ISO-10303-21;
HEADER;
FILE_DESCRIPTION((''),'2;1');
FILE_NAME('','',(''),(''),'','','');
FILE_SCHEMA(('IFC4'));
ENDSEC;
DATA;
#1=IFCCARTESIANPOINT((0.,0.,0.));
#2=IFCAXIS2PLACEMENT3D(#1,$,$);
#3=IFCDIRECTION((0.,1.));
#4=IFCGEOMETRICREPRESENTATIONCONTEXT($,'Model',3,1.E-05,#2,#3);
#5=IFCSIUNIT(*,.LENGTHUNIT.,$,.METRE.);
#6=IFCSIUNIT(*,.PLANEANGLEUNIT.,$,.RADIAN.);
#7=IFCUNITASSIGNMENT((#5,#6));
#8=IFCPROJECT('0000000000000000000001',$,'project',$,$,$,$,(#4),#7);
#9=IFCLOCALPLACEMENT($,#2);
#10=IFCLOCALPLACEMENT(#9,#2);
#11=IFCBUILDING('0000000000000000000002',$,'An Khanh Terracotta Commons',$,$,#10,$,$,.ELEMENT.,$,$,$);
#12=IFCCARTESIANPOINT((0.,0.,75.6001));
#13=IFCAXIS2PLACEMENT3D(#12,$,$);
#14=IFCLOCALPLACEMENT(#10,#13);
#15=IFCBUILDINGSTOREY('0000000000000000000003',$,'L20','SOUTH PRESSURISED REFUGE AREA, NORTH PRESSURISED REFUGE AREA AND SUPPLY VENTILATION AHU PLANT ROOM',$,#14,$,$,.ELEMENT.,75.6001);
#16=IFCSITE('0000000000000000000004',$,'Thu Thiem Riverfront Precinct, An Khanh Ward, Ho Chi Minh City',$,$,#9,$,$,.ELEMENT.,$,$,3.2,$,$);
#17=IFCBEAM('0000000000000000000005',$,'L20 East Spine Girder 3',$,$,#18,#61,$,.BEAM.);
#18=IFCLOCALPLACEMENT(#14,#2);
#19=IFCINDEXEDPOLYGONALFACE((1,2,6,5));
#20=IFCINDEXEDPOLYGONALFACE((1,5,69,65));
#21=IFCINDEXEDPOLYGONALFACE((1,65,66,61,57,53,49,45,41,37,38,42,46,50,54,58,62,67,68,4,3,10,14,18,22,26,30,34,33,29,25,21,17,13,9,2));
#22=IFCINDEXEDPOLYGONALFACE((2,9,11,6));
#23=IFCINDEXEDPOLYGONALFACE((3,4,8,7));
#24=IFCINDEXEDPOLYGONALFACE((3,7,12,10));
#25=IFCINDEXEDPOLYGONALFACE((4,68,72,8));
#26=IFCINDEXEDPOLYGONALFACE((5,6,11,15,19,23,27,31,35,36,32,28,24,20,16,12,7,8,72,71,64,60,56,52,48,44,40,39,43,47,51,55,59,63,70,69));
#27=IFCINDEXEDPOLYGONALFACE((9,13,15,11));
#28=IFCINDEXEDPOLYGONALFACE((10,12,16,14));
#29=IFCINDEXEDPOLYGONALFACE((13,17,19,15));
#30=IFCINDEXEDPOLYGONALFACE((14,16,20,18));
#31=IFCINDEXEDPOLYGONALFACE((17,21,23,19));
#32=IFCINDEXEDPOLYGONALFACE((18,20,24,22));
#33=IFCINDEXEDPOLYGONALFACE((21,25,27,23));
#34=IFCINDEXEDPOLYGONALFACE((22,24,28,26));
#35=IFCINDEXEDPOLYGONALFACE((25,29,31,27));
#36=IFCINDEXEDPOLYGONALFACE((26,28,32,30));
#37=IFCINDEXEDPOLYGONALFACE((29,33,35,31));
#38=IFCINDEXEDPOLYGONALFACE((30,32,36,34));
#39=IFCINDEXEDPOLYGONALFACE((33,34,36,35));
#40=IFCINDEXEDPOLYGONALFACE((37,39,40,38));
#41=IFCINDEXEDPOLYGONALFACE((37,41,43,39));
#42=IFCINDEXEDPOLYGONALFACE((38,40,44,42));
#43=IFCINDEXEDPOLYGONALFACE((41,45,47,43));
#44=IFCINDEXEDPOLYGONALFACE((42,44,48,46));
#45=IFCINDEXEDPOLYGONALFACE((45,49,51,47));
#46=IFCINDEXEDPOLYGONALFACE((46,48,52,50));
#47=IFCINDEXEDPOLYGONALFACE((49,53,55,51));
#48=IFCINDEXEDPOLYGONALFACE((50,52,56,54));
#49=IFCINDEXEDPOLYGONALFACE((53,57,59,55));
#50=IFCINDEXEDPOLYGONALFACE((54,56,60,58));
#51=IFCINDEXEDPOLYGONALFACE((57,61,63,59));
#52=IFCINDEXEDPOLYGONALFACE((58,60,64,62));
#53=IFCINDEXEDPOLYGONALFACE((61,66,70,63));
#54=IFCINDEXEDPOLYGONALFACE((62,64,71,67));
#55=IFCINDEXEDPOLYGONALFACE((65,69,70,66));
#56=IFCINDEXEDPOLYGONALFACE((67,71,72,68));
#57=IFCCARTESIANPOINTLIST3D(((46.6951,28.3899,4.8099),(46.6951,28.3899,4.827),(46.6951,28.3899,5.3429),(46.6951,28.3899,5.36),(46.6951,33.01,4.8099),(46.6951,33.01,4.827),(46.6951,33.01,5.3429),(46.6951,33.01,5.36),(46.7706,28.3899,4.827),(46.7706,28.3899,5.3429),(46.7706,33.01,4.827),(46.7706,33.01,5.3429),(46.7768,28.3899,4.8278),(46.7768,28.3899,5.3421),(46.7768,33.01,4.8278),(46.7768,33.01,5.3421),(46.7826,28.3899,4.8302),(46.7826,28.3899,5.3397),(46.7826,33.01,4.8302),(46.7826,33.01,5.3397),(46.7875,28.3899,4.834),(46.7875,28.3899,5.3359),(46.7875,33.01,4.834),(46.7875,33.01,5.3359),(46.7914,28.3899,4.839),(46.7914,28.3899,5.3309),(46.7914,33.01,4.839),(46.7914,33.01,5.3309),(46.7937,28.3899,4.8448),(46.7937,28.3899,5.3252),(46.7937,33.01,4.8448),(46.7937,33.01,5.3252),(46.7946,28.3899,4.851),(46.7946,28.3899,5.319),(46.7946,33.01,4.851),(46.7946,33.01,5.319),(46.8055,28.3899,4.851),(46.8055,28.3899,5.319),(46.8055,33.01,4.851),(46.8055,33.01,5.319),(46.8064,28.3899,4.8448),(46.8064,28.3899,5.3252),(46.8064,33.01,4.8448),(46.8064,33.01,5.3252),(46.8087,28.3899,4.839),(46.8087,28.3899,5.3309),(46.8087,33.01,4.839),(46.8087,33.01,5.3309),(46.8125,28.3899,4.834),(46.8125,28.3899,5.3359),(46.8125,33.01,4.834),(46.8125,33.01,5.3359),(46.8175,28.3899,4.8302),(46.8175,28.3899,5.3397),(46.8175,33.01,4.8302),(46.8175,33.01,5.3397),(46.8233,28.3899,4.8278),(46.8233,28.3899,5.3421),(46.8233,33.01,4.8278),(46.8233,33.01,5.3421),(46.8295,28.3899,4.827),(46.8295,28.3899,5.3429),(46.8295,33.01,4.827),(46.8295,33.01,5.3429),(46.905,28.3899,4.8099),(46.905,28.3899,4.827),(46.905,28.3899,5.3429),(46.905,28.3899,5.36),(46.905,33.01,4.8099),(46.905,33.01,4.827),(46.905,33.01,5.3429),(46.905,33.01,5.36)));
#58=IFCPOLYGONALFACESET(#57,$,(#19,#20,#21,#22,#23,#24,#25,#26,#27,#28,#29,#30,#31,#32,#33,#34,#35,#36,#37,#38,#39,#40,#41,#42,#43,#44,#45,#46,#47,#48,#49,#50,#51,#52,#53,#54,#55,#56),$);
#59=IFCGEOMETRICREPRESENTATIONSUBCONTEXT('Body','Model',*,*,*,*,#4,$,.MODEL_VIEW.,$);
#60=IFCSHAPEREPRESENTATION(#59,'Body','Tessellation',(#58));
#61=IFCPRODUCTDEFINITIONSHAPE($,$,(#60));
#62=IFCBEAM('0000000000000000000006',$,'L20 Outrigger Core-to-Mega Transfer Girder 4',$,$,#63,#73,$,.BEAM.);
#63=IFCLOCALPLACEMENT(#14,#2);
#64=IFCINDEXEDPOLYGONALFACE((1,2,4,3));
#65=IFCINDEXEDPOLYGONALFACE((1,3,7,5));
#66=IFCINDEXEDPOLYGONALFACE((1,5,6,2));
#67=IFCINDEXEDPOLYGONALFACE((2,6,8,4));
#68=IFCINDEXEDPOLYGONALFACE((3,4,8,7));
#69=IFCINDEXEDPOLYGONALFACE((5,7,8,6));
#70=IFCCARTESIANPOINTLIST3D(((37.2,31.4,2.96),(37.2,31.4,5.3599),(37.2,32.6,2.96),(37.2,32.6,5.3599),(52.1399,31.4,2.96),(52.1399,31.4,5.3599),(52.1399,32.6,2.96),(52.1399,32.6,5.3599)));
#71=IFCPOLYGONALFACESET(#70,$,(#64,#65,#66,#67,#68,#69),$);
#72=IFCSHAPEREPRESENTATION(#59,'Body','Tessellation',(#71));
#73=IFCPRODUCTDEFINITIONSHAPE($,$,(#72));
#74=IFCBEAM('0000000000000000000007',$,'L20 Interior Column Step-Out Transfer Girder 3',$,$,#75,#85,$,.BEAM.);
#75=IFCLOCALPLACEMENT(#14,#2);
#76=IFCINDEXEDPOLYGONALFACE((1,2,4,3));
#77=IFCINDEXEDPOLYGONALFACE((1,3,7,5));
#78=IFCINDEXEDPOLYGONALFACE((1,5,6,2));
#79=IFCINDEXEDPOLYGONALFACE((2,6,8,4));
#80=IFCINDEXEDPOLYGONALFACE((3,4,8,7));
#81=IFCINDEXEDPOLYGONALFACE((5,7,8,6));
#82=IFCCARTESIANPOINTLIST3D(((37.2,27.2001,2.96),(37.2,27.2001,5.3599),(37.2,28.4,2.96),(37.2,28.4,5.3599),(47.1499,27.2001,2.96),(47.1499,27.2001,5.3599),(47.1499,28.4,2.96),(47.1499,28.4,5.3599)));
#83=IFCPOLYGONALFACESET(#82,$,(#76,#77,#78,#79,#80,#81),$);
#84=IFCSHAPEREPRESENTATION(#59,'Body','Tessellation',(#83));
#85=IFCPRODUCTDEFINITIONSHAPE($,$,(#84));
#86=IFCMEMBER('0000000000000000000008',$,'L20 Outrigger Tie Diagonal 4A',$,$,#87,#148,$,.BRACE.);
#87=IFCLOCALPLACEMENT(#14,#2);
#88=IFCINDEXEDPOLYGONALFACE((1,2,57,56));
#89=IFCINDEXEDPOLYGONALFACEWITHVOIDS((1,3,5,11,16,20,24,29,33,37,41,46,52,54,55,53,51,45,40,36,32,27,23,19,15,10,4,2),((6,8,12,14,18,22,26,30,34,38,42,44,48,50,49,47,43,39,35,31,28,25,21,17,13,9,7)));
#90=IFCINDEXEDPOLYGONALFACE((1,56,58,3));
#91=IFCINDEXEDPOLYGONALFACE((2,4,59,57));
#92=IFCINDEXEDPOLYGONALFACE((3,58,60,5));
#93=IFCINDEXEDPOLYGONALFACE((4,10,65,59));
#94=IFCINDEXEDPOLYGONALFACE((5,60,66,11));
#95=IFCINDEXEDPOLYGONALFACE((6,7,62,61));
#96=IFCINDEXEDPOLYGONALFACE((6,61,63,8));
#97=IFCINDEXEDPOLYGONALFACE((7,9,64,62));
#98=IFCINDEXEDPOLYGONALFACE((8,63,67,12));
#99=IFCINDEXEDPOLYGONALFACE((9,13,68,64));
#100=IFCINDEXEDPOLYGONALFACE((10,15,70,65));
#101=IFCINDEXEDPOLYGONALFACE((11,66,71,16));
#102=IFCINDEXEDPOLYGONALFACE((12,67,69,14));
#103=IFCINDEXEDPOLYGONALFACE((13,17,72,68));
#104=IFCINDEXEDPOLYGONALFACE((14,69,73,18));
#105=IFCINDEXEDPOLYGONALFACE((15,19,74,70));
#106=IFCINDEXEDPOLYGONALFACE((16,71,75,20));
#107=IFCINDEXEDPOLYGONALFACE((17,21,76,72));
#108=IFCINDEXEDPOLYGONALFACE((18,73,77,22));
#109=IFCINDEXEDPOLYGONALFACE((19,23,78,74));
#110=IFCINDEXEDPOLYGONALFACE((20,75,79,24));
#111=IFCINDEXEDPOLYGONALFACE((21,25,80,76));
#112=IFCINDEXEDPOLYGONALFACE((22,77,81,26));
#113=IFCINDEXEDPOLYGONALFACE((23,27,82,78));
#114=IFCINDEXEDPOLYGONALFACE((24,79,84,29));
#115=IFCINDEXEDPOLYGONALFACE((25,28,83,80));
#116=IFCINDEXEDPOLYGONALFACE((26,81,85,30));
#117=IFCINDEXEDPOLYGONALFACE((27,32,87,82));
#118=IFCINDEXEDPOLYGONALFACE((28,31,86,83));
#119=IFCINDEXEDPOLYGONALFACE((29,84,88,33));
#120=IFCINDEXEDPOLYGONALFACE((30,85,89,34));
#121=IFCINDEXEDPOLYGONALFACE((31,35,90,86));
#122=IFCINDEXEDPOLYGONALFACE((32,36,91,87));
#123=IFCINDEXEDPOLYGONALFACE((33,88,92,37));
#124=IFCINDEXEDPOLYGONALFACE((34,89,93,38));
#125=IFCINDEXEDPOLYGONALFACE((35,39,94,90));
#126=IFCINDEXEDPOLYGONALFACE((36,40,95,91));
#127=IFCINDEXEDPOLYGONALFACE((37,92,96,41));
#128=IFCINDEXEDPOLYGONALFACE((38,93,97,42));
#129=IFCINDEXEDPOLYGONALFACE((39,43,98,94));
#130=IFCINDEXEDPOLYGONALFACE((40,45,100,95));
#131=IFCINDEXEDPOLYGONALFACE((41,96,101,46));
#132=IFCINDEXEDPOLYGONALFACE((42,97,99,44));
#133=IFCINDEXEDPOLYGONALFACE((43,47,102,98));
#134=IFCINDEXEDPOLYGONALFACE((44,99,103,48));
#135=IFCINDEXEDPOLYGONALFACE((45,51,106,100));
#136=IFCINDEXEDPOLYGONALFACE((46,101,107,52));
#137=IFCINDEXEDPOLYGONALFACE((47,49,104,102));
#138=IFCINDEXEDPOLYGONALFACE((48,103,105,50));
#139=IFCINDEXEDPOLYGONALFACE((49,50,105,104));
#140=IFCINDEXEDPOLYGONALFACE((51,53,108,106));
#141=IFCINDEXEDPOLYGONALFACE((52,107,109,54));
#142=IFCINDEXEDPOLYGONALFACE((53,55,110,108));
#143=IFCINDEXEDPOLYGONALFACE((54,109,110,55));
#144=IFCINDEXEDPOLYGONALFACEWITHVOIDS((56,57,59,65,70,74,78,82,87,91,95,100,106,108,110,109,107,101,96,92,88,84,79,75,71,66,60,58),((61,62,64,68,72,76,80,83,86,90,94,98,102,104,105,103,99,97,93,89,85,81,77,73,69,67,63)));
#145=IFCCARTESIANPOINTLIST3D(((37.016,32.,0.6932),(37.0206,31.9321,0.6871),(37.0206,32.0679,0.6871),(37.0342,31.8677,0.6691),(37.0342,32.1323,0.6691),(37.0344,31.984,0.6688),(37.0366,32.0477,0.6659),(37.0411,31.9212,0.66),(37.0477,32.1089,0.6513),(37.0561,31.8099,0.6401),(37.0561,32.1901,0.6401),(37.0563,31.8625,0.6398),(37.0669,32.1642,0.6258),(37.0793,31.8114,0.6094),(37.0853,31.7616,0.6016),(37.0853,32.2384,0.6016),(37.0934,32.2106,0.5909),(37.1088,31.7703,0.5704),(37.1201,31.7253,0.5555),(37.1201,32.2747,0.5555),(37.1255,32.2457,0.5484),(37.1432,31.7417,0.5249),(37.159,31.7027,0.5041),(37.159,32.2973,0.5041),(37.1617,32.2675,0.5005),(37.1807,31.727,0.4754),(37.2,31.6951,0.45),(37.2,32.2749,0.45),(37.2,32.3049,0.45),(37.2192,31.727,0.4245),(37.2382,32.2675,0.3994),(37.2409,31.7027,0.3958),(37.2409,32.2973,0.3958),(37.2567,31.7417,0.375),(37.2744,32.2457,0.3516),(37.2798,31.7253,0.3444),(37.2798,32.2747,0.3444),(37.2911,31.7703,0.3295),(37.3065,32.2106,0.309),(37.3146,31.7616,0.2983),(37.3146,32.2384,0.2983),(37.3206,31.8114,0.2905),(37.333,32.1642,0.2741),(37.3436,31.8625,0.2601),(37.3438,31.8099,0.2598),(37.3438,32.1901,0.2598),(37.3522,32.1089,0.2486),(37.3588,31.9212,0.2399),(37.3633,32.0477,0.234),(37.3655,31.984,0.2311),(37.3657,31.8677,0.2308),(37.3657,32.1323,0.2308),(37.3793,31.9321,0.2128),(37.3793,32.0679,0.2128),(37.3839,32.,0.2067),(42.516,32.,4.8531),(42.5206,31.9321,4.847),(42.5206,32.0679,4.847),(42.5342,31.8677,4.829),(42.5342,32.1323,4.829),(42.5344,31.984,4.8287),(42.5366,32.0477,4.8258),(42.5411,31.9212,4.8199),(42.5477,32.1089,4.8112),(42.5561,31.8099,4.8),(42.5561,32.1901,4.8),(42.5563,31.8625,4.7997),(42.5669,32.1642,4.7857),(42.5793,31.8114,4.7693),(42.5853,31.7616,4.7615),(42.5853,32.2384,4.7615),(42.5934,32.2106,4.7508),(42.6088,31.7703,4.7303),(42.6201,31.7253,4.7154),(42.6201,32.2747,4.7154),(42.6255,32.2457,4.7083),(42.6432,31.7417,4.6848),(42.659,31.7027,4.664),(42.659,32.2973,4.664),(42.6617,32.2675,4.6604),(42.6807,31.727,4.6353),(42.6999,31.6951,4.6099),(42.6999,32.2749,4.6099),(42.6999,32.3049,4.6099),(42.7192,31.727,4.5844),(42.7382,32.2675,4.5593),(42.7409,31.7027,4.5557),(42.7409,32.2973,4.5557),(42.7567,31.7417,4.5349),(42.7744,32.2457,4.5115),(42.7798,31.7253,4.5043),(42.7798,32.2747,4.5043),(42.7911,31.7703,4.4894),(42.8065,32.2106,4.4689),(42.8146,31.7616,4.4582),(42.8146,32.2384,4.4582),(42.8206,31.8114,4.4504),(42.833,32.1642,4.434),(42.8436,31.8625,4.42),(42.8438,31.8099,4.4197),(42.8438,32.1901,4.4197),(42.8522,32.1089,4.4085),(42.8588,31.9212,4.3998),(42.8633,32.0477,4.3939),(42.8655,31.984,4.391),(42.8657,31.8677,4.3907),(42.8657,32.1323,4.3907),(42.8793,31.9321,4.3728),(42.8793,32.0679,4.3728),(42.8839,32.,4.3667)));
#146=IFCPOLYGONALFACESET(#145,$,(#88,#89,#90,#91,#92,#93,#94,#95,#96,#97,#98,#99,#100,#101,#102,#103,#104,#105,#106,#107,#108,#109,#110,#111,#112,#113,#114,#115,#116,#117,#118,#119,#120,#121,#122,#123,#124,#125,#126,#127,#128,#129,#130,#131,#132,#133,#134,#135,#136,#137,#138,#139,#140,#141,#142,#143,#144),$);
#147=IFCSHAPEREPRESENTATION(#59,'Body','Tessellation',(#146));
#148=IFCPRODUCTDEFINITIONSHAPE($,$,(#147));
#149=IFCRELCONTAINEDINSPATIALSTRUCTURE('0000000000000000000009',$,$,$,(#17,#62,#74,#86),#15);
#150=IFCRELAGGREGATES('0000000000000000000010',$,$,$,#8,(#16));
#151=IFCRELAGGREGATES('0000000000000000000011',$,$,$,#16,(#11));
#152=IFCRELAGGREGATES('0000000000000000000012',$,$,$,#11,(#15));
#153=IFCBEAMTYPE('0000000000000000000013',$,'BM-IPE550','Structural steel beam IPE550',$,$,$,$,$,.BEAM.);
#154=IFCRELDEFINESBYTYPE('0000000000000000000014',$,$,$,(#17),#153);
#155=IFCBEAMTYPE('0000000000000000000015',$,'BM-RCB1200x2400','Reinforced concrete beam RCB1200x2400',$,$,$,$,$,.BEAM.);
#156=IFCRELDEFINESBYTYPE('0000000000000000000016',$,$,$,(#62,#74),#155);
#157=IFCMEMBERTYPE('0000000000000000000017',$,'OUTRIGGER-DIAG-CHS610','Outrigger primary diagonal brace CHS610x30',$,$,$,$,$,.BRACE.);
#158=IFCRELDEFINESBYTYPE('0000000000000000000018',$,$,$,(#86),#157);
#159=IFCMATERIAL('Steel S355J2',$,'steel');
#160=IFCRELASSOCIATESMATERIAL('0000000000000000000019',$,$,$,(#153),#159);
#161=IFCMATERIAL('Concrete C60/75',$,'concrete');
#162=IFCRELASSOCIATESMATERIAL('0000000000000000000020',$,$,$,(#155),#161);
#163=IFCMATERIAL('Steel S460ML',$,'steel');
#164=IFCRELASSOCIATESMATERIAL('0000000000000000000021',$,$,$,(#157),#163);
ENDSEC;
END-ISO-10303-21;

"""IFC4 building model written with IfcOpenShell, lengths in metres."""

from ifc_helpers import new_model, si_unit, direction, frame, origin, origin_2d, place, context, subcontext, project, spatial, rectangle, hollow_circle, i_section, extrude, material, material_profile, profile_set, type_object, element, save


model = new_model("IFC4")

# Units and contexts
model_context = context("Model", 3, precision=1e-05, world=origin(), true_north=direction((0.0, 1.0)))
body_context = subcontext(model_context, "Body", "Model", "MODEL_VIEW")
ifc_project = project(units=[si_unit("LENGTHUNIT", "METRE"), si_unit("PLANEANGLEUNIT", "RADIAN")], contexts=[model_context])

# Site, building, storey
site_placement = place(None, origin())
site = spatial("IfcSite", under=ifc_project, at=site_placement, Name="Thu Thiem Riverfront Precinct, An Khanh Ward, Ho Chi Minh City", CompositionType="ELEMENT", RefElevation=3.2)
building_placement = place(site_placement, origin())
building = spatial("IfcBuilding", under=site, at=building_placement, Name="An Khanh Terracotta Commons", CompositionType="ELEMENT")
storey_placement = place(building_placement, frame((0.0, 0.0, 75.6001)))
storey = spatial("IfcBuildingStorey", under=building, at=storey_placement, Name="L20", Description="SOUTH PRESSURISED REFUGE AREA, NORTH PRESSURISED REFUGE AREA AND SUPPLY VENTILATION AHU PLANT ROOM", CompositionType="ELEMENT", Elevation=75.6001)

# Shared definitions
ifc_material_1 = material(Name="Steel S460ML", Category="steel")

# Beams
ifc_material_2 = material(Name="Steel S355J2", Category="steel")
ifc_material_profile_1 = material_profile(ifc_material_2, i_section(OverallWidth=0.21, OverallDepth=0.55, WebThickness=0.011, FlangeThickness=0.0171, FilletRadius=0.0239, at=origin_2d()), Name="IPE550")
ifc_profile_set_1 = profile_set([ifc_material_profile_1], Name="Steel S355J2")
beam_type_1 = type_object("IfcBeamType", Name="BM-IPE550", Description="Structural steel beam IPE550", PredefinedType="BEAM", material=ifc_profile_set_1)
beam_1_placement = place(storey_placement, frame((46.8, 28.3899, 5.085), z_axis=(0.0, 1.0, 0.0), x_axis=(-1.0, 0.0, 0.0)))
element("IfcBeam", 1, at=beam_1_placement, inside=storey, type_object=beam_type_1, Name="L20 East Spine Girder 3", PredefinedType="BEAM", context=body_context, shape_type="SweptSolid", body=[
    extrude(i_section(OverallWidth=0.21, OverallDepth=0.55, WebThickness=0.011, FlangeThickness=0.0171, FilletRadius=0.0239, at=origin_2d()), origin(), (0.0, 0.0, 1.0), 4.6201),
])
ifc_material_3 = material(Name="Concrete C60/75", Category="concrete")
ifc_material_profile_2 = material_profile(ifc_material_3, rectangle(XDim=1.2, YDim=2.3999, at=origin_2d()), Name="RCB1200x2400")
ifc_profile_set_2 = profile_set([ifc_material_profile_2], Name="Concrete C60/75")
beam_type_2 = type_object("IfcBeamType", Name="BM-RCB1200x2400", Description="Reinforced concrete beam RCB1200x2400", PredefinedType="BEAM", material=ifc_profile_set_2)
beam_2_placement = place(storey_placement, frame((37.2, 32.0, 4.1599), z_axis=(1.0, 0.0, 0.0), x_axis=(0.0, 1.0, 0.0)))
element("IfcBeam", 2, at=beam_2_placement, inside=storey, type_object=beam_type_2, Name="L20 Outrigger Core-to-Mega Transfer Girder 4", PredefinedType="BEAM", context=body_context, shape_type="SweptSolid", body=[
    extrude(rectangle(XDim=1.2, YDim=2.3999, at=origin_2d()), origin(), (0.0, 0.0, 1.0), 14.9399),
])
beam_3_placement = place(storey_placement, frame((37.2, 27.8, 4.1599), z_axis=(1.0, 0.0, 0.0), x_axis=(0.0, 1.0, 0.0)))
element("IfcBeam", 3, at=beam_3_placement, inside=storey, type_object=beam_type_2, Name="L20 Interior Column Step-Out Transfer Girder 3", PredefinedType="BEAM", context=body_context, shape_type="SweptSolid", body=[
    extrude(rectangle(XDim=1.2, YDim=2.3999, at=origin_2d()), origin(), (0.0, 0.0, 1.0), 9.95),
])

# Member
ifc_material_profile_3 = material_profile(ifc_material_1, hollow_circle(Radius=0.3049, WallThickness=0.03, at=origin_2d()), Name="CHS610x30")
ifc_profile_set_3 = profile_set([ifc_material_profile_3], Name="Steel S460ML")
member_type_1 = type_object("IfcMemberType", Name="OUTRIGGER-DIAG-CHS610", Description="Outrigger primary diagonal brace CHS610x30", PredefinedType="BRACE", material=ifc_profile_set_3)
for number, where, z_axis, x_axis, name in (
    (4, (37.2, 32.0, 0.45), (0.797563, 0.0, 0.603235), (0.0, 1.0, 0.0), "L20 Outrigger Tie Diagonal 4A"),
):
    element("IfcMember", number, at=place(storey_placement, frame(where, z_axis=z_axis, x_axis=x_axis)), inside=storey, type_object=member_type_1, Name=name, PredefinedType="BRACE", context=body_context, shape_type="SweptSolid", body=[
        extrude(hollow_circle(Radius=0.3049, WallThickness=0.03, at=origin_2d()), origin(), (0.0, 0.0, 1.0), 6.896),
    ])

save(model, "model.ifc")
